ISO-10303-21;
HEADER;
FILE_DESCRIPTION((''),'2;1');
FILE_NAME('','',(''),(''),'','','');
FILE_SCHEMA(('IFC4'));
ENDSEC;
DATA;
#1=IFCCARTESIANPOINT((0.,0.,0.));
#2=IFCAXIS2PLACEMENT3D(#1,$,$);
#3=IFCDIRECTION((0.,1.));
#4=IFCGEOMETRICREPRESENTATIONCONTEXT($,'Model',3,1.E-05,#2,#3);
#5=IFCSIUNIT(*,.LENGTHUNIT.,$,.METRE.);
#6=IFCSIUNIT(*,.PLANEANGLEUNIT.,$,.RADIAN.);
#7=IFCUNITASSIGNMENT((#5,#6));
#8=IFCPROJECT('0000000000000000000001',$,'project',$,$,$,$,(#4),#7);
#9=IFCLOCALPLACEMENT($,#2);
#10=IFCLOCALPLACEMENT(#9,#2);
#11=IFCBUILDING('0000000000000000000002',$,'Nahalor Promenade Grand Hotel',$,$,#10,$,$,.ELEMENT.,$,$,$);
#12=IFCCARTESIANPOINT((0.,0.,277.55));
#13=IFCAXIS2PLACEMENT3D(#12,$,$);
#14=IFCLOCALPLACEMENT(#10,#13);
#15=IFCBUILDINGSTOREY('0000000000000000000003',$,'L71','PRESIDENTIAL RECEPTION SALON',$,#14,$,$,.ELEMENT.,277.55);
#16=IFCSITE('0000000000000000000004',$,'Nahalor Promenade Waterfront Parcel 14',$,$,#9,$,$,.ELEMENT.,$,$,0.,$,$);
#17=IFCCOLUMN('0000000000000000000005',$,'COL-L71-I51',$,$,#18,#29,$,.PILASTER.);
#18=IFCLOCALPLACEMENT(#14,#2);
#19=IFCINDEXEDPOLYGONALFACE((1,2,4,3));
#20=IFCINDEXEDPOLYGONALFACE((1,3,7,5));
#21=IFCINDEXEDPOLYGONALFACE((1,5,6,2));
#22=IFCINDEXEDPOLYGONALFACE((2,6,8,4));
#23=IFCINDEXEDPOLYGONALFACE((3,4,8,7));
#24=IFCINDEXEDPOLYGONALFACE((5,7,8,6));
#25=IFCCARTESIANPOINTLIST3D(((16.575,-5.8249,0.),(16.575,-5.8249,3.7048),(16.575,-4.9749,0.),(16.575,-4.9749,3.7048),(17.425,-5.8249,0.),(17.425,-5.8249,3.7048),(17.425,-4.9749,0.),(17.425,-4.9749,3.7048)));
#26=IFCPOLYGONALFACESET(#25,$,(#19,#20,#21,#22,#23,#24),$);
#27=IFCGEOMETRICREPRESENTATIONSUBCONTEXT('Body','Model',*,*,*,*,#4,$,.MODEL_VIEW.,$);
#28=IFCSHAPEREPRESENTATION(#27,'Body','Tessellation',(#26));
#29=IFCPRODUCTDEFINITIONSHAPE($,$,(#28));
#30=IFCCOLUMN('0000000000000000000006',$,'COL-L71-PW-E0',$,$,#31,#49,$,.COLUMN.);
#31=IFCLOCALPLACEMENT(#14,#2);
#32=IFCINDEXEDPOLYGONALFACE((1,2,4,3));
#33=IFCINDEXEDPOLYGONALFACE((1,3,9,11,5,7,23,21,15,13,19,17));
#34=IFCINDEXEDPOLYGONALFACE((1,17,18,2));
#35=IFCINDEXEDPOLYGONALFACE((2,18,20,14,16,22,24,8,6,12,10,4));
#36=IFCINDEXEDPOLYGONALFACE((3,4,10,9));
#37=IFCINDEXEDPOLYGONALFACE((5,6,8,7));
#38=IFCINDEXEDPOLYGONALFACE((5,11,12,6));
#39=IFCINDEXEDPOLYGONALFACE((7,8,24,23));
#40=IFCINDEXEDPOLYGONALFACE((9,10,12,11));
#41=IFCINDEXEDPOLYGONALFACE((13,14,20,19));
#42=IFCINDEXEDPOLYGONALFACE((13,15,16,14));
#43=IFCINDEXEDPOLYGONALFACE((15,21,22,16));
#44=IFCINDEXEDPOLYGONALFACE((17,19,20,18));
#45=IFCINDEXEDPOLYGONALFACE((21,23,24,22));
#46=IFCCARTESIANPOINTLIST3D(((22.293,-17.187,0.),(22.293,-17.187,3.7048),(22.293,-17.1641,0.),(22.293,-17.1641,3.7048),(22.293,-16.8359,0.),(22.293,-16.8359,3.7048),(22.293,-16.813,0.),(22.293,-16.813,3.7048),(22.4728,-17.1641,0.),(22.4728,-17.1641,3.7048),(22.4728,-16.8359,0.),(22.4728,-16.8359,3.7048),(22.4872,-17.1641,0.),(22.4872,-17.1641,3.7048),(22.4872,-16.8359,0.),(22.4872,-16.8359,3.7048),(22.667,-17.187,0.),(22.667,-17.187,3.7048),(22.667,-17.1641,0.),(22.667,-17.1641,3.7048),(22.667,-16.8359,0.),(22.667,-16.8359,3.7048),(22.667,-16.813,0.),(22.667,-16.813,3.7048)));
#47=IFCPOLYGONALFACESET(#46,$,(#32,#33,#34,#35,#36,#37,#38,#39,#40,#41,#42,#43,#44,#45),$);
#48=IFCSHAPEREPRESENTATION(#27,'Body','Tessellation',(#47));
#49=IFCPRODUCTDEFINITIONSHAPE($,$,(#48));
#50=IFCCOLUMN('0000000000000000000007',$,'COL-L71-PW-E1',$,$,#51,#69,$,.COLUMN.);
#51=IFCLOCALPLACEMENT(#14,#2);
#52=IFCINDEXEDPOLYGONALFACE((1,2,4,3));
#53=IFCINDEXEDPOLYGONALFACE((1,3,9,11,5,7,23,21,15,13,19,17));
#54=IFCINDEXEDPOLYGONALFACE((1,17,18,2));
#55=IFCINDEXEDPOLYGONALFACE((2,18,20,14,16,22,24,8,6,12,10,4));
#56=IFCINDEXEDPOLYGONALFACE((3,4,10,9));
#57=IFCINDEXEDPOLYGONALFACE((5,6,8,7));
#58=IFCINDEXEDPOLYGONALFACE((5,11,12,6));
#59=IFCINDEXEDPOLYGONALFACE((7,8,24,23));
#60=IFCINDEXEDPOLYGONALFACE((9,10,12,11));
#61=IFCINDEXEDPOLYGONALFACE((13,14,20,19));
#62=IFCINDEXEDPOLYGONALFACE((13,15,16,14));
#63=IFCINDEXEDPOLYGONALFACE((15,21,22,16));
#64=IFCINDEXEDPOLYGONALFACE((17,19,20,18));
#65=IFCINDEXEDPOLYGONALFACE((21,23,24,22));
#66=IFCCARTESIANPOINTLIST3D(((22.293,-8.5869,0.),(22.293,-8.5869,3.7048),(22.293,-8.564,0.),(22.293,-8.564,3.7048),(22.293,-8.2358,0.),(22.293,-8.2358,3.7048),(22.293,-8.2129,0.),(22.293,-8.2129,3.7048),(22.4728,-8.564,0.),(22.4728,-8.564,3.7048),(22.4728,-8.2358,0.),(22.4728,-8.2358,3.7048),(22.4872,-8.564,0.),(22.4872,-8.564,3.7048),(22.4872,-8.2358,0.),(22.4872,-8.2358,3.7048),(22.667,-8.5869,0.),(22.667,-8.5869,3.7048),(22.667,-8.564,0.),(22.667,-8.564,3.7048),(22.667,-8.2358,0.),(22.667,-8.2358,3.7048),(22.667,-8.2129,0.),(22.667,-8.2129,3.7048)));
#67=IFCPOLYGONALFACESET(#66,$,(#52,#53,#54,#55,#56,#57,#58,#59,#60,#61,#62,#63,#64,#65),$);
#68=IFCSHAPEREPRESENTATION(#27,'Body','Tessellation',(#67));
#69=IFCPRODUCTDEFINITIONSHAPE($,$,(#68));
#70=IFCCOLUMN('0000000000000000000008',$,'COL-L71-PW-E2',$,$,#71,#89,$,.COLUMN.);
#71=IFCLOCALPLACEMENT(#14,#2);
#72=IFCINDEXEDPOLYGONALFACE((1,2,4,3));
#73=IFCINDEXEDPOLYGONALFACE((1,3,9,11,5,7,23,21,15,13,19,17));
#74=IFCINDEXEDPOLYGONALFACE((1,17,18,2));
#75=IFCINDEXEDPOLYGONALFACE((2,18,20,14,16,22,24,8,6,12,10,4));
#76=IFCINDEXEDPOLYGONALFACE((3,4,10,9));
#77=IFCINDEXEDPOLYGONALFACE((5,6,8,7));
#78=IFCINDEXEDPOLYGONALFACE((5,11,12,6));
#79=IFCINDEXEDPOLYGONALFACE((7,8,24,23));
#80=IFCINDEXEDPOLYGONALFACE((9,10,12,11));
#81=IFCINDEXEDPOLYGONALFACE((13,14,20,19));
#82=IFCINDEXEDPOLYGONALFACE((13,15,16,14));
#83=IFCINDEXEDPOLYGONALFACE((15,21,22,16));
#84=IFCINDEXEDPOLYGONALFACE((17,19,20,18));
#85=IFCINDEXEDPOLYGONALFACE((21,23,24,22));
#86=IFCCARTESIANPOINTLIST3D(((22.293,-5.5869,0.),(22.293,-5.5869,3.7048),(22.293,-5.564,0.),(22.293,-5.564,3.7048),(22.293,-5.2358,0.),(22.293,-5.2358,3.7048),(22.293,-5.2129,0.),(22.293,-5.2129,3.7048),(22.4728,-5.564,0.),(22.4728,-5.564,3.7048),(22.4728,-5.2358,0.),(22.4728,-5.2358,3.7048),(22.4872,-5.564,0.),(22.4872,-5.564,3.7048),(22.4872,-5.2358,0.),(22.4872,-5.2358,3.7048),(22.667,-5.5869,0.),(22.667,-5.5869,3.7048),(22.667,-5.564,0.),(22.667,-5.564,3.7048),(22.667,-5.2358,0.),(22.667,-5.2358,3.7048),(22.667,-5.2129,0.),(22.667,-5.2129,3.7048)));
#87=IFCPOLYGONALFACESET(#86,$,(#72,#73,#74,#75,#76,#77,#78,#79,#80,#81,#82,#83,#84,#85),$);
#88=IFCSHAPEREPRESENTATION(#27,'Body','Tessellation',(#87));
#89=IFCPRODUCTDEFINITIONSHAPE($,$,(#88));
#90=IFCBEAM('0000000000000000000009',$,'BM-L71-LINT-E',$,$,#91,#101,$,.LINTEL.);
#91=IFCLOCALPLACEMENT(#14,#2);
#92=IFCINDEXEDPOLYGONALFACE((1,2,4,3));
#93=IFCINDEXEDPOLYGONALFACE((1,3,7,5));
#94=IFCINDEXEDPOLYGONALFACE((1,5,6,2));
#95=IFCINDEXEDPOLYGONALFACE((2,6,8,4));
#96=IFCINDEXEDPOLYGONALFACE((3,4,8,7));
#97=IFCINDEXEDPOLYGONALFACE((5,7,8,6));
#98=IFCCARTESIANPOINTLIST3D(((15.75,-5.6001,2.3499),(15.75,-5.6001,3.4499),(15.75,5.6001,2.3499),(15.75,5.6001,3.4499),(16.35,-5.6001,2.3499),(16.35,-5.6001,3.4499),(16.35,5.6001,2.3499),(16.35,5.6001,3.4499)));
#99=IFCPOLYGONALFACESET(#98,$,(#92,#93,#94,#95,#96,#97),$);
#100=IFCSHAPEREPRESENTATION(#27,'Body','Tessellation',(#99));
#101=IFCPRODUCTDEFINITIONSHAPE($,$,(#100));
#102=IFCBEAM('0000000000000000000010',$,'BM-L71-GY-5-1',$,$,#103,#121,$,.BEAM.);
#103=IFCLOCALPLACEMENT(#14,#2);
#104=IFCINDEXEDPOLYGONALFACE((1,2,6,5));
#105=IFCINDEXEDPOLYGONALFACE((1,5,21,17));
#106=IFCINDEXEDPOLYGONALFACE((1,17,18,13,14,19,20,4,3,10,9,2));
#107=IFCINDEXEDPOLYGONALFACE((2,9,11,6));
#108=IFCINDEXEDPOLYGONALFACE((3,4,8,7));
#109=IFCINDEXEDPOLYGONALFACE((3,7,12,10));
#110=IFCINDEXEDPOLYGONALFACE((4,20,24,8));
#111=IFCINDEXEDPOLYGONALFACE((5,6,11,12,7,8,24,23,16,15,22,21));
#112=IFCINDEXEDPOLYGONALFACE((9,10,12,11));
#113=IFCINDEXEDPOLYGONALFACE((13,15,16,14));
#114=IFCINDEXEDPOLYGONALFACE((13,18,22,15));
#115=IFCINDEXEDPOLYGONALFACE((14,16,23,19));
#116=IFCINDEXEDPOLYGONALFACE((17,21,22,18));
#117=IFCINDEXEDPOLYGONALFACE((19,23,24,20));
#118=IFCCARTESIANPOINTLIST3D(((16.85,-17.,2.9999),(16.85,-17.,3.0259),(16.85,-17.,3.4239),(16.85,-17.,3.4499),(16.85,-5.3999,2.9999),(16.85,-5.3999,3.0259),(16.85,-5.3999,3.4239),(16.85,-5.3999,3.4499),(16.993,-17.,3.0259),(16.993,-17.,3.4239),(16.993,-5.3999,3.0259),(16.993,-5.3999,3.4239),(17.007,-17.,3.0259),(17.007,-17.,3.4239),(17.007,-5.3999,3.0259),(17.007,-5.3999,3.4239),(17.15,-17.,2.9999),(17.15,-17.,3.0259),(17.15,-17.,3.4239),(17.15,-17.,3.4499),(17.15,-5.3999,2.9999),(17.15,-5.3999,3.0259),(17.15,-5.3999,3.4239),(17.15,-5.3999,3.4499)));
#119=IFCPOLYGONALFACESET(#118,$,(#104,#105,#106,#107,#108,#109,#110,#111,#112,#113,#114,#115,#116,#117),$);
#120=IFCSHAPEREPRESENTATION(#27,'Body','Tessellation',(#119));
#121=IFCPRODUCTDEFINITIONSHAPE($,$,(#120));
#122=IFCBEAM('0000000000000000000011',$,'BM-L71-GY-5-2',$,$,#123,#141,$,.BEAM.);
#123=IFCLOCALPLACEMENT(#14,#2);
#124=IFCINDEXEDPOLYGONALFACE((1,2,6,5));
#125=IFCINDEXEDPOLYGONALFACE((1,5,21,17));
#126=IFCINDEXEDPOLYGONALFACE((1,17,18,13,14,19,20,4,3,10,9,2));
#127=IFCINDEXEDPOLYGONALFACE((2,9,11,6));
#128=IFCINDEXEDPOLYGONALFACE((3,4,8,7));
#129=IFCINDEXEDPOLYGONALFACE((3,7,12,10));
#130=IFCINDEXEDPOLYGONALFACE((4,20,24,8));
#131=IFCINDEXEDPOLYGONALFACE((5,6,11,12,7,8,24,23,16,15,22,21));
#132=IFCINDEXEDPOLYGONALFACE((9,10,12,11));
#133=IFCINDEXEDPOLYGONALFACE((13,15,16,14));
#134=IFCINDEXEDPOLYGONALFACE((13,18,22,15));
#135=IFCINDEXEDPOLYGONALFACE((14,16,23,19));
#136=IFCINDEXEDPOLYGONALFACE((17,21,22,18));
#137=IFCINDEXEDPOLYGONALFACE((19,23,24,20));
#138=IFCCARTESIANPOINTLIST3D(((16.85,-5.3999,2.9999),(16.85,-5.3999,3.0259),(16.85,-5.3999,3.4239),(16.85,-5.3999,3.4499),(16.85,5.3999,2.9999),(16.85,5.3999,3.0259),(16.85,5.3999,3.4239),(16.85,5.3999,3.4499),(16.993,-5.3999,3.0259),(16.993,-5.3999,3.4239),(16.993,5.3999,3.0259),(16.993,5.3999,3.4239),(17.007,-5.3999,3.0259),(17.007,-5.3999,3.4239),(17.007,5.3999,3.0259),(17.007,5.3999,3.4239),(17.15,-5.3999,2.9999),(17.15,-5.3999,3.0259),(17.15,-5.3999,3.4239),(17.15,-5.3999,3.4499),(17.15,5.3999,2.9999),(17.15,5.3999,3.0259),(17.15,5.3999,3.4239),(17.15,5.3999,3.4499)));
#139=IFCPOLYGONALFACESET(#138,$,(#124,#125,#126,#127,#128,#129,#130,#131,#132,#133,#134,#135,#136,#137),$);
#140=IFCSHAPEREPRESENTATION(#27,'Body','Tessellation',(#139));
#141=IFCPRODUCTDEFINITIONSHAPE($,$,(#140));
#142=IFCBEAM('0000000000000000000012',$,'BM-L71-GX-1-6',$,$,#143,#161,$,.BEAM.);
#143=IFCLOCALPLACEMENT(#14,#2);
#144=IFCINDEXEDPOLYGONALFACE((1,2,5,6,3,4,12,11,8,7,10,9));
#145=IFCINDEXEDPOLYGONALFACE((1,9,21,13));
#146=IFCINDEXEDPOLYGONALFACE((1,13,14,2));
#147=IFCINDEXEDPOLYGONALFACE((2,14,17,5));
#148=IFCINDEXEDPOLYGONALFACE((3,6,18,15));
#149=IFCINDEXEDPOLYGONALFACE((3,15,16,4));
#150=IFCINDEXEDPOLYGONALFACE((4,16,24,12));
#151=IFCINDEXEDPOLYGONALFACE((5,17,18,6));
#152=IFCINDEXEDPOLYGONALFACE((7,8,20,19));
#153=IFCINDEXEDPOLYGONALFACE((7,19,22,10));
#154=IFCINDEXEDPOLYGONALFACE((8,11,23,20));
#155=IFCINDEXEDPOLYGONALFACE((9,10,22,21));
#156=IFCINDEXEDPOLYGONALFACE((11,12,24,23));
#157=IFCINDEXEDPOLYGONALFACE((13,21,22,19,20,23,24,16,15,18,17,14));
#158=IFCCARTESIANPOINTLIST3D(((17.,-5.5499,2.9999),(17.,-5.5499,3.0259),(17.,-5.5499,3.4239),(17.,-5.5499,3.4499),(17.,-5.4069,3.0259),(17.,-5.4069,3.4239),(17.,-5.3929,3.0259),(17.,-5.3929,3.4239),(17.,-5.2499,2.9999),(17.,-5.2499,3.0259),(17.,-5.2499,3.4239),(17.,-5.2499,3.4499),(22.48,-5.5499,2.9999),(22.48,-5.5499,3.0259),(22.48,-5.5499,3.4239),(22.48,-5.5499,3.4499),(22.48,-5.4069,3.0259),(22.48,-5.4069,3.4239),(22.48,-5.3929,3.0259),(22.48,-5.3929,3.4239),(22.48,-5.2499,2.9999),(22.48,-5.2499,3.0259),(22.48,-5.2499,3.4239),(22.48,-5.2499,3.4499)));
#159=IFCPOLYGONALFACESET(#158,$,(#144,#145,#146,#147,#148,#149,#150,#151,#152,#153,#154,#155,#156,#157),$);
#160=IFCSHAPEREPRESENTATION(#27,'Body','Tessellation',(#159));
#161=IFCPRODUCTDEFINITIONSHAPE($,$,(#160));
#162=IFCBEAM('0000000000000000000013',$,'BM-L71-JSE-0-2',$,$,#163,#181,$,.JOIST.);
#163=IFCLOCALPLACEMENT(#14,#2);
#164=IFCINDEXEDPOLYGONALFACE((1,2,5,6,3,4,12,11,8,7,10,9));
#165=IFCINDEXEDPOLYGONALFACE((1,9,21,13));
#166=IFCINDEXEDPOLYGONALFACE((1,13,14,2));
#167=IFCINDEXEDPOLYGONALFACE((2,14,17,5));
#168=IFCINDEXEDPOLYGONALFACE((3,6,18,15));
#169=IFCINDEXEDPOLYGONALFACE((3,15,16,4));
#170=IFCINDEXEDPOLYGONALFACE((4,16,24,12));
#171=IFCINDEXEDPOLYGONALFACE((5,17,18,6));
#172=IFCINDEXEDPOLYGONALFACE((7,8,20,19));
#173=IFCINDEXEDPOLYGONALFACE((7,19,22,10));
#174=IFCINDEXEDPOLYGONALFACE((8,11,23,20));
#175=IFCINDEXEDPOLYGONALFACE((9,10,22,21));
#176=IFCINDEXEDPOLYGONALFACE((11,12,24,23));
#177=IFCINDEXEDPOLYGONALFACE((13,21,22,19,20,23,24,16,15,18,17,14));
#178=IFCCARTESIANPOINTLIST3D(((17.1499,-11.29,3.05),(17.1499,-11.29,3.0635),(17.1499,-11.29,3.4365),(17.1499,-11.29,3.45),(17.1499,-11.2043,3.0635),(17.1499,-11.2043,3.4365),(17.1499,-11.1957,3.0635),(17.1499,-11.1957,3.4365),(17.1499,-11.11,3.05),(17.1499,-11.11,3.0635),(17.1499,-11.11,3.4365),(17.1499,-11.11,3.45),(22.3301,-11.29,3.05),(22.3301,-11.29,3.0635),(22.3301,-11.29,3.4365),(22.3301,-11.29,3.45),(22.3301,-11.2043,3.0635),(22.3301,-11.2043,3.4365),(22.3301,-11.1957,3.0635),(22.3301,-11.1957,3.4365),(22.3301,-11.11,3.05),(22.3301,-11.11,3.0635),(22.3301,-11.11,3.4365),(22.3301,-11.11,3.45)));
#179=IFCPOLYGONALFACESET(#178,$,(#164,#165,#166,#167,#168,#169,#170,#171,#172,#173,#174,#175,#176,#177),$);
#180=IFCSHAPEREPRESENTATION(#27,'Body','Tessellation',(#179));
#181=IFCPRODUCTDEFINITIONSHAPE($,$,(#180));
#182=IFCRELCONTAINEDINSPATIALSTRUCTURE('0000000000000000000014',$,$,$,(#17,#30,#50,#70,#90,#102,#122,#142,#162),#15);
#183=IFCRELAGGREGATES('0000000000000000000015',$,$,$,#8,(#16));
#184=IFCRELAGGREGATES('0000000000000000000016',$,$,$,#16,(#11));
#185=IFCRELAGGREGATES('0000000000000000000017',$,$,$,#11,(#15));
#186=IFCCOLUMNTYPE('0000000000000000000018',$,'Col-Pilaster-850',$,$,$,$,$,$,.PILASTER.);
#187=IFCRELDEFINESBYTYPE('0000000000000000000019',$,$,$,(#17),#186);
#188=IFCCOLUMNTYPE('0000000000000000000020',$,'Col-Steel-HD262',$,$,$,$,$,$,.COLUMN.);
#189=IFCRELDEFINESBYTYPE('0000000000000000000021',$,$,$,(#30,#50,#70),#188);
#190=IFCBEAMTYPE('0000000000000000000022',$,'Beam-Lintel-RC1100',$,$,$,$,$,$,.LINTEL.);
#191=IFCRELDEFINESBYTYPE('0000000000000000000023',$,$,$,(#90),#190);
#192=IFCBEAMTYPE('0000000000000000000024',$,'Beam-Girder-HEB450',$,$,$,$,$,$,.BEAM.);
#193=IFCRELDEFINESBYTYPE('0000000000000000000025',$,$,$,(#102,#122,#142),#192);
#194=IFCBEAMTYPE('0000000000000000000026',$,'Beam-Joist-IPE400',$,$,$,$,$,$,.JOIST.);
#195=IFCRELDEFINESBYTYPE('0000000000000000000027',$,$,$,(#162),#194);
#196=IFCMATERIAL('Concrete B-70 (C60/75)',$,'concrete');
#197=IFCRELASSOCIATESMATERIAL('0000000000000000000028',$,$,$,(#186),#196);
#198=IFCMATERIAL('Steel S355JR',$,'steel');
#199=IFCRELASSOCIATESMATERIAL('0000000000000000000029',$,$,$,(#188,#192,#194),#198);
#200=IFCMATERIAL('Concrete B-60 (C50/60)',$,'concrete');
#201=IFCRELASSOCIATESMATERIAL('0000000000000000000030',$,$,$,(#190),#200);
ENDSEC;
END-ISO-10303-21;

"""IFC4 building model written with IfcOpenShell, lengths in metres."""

from ifc_helpers import new_model, si_unit, direction, frame, origin, origin_2d, place, context, subcontext, project, spatial, rectangle, i_section, extrude, source, transform, mapped, material, material_profile, profile_set, type_object, element, save


model = new_model("IFC4")

# Units and contexts
model_context = context("Model", 3, precision=1e-05, world=origin(), true_north=direction((0.0, 1.0)))
body_context = subcontext(model_context, "Body", "Model", "MODEL_VIEW")
ifc_project = project(units=[si_unit("LENGTHUNIT", "METRE"), si_unit("PLANEANGLEUNIT", "RADIAN")], contexts=[model_context])

# Site, building, storey
site_placement = place(None, origin())
site = spatial("IfcSite", under=ifc_project, at=site_placement, Name="Nahalor Promenade Waterfront Parcel 14", CompositionType="ELEMENT", RefElevation=0.0)
building_placement = place(site_placement, origin())
building = spatial("IfcBuilding", under=site, at=building_placement, Name="Nahalor Promenade Grand Hotel", CompositionType="ELEMENT")
storey_placement = place(building_placement, frame((0.0, 0.0, 277.55)))
storey = spatial("IfcBuildingStorey", under=building, at=storey_placement, Name="L71", Description="PRESIDENTIAL RECEPTION SALON", CompositionType="ELEMENT", Elevation=277.55)

# Columns
ifc_material_1 = material(Name="Concrete B-70 (C60/75)", Category="concrete")
ifc_material_profile_1 = material_profile(ifc_material_1, rectangle(XDim=0.85, YDim=0.85, at=origin_2d()), Name="RC 850x850")
ifc_profile_set_1 = profile_set([ifc_material_profile_1], Name="Concrete B-70 (C60/75)")
column_type_1 = type_object("IfcColumnType", Name="Col-Pilaster-850", PredefinedType="PILASTER", material=ifc_profile_set_1)
shared_shape_1 = source(origin(), body_context, "Body", "SweptSolid", [
    extrude(rectangle(XDim=0.85, YDim=0.85, at=origin_2d()), origin(), (0.0, 0.0, 1.0), 3.7048),
])
column_placement = place(storey_placement, frame((17.0, -5.3999, 0.0), z_axis=(0.0, 0.0, 1.0), x_axis=(1.0, 0.0, 0.0)))
element("IfcColumn", 1, at=column_placement, inside=storey, type_object=column_type_1, Name="COL-L71-I51", PredefinedType="PILASTER", context=body_context, shape_type="MappedRepresentation", body=[
    mapped(shared_shape_1, transform((0.0, 0.0, 0.0), scale=1.0)),
])
ifc_material_2 = material(Name="Steel S355JR", Category="steel")
ifc_material_profile_2 = material_profile(ifc_material_2, i_section(OverallWidth=0.374, OverallDepth=0.374, WebThickness=0.0144, FlangeThickness=0.0229, at=origin_2d()), Name="HD 360x262")
ifc_profile_set_2 = profile_set([ifc_material_profile_2], Name="Steel S355JR")
column_type_2 = type_object("IfcColumnType", Name="Col-Steel-HD262", PredefinedType="COLUMN", material=ifc_profile_set_2)
shared_shape_2 = source(origin(), body_context, "Body", "SweptSolid", [
    extrude(i_section(OverallWidth=0.374, OverallDepth=0.374, WebThickness=0.0144, FlangeThickness=0.0229, at=origin_2d()), origin(), (0.0, 0.0, 1.0), 3.7048),
])
for number, where, z_axis, x_axis, name in (
    (2, (22.48, -17.0, 0.0), (0.0, 0.0, 1.0), (1.0, 0.0, 0.0), "COL-L71-PW-E0"),
    (3, (22.48, -8.3999, 0.0), (0.0, 0.0, 1.0), (1.0, 0.0, 0.0), "COL-L71-PW-E1"),
    (4, (22.48, -5.3999, 0.0), (0.0, 0.0, 1.0), (1.0, 0.0, 0.0), "COL-L71-PW-E2"),
):
    element("IfcColumn", number, at=place(storey_placement, frame(where, z_axis=z_axis, x_axis=x_axis)), inside=storey, type_object=column_type_2, Name=name, PredefinedType="COLUMN", context=body_context, shape_type="MappedRepresentation", body=[
        mapped(shared_shape_2, transform((0.0, 0.0, 0.0), scale=1.0)),
    ])

# Beams
ifc_material_3 = material(Name="Concrete B-60 (C50/60)", Category="concrete")
ifc_material_profile_3 = material_profile(ifc_material_3, rectangle(XDim=0.6, YDim=1.1, at=origin_2d()), Name="RC 600x1100")
ifc_profile_set_3 = profile_set([ifc_material_profile_3], Name="Concrete B-60 (C50/60)")
beam_type_1 = type_object("IfcBeamType", Name="Beam-Lintel-RC1100", PredefinedType="LINTEL", material=ifc_profile_set_3)
shared_shape_3 = source(origin(), body_context, "Body", "SweptSolid", [
    extrude(rectangle(XDim=0.6, YDim=1.1, at=origin_2d()), origin(), (0.0, 0.0, 1.0), 11.2002),
])
beam_1_placement = place(storey_placement, frame((16.05, -5.6001, 2.8999), z_axis=(0.0, 1.0, 0.0), x_axis=(-1.0, 0.0, 0.0)))
element("IfcBeam", 5, at=beam_1_placement, inside=storey, type_object=beam_type_1, Name="BM-L71-LINT-E", PredefinedType="LINTEL", context=body_context, shape_type="MappedRepresentation", body=[
    mapped(shared_shape_3, transform((0.0, 0.0, 0.0), scale=1.0)),
])
ifc_material_profile_4 = material_profile(ifc_material_2, i_section(OverallWidth=0.3, OverallDepth=0.45, WebThickness=0.014, FlangeThickness=0.026, at=origin_2d()), Name="HEB 450")
ifc_profile_set_4 = profile_set([ifc_material_profile_4], Name="Steel S355JR")
beam_type_2 = type_object("IfcBeamType", Name="Beam-Girder-HEB450", PredefinedType="BEAM", material=ifc_profile_set_4)
shared_shape_4 = source(origin(), body_context, "Body", "SweptSolid", [
    extrude(i_section(OverallWidth=0.3, OverallDepth=0.45, WebThickness=0.014, FlangeThickness=0.026, at=origin_2d()), origin(), (0.0, 0.0, 1.0), 11.6001),
])
beam_2_placement = place(storey_placement, frame((17.0, -17.0, 3.2249), z_axis=(0.0, 1.0, 0.0), x_axis=(-1.0, 0.0, 0.0)))
element("IfcBeam", 6, at=beam_2_placement, inside=storey, type_object=beam_type_2, Name="BM-L71-GY-5-1", PredefinedType="BEAM", context=body_context, shape_type="MappedRepresentation", body=[
    mapped(shared_shape_4, transform((0.0, 0.0, 0.0), scale=1.0)),
])
shared_shape_5 = source(origin(), body_context, "Body", "SweptSolid", [
    extrude(i_section(OverallWidth=0.3, OverallDepth=0.45, WebThickness=0.014, FlangeThickness=0.026, at=origin_2d()), origin(), (0.0, 0.0, 1.0), 10.7998),
])
beam_3_placement = place(storey_placement, frame((17.0, -5.3999, 3.2249), z_axis=(0.0, 1.0, 0.0), x_axis=(-1.0, 0.0, 0.0)))
element("IfcBeam", 7, at=beam_3_placement, inside=storey, type_object=beam_type_2, Name="BM-L71-GY-5-2", PredefinedType="BEAM", context=body_context, shape_type="MappedRepresentation", body=[
    mapped(shared_shape_5, transform((0.0, 0.0, 0.0), scale=1.0)),
])
shared_shape_6 = source(origin(), body_context, "Body", "SweptSolid", [
    extrude(i_section(OverallWidth=0.3, OverallDepth=0.45, WebThickness=0.014, FlangeThickness=0.026, at=origin_2d()), origin(), (0.0, 0.0, 1.0), 5.48),
])
beam_4_placement = place(storey_placement, frame((17.0, -5.3999, 3.2249), z_axis=(1.0, 0.0, 0.0), x_axis=(0.0, 1.0, 0.0)))
element("IfcBeam", 8, at=beam_4_placement, inside=storey, type_object=beam_type_2, Name="BM-L71-GX-1-6", PredefinedType="BEAM", context=body_context, shape_type="MappedRepresentation", body=[
    mapped(shared_shape_6, transform((0.0, 0.0, 0.0), scale=1.0)),
])
ifc_material_profile_5 = material_profile(ifc_material_2, i_section(OverallWidth=0.18, OverallDepth=0.4, WebThickness=0.0086, FlangeThickness=0.0135, at=origin_2d()), Name="IPE 400")
ifc_profile_set_5 = profile_set([ifc_material_profile_5], Name="Steel S355JR")
beam_type_3 = type_object("IfcBeamType", Name="Beam-Joist-IPE400", PredefinedType="JOIST", material=ifc_profile_set_5)
shared_shape_7 = source(origin(), body_context, "Body", "SweptSolid", [
    extrude(i_section(OverallWidth=0.18, OverallDepth=0.4, WebThickness=0.0086, FlangeThickness=0.0135, at=origin_2d()), origin(), (0.0, 0.0, 1.0), 5.1802),
])
beam_5_placement = place(storey_placement, frame((17.1499, -11.2, 3.25), z_axis=(1.0, 0.0, 0.0), x_axis=(0.0, 1.0, 0.0)))
element("IfcBeam", 9, at=beam_5_placement, inside=storey, type_object=beam_type_3, Name="BM-L71-JSE-0-2", PredefinedType="JOIST", context=body_context, shape_type="MappedRepresentation", body=[
    mapped(shared_shape_7, transform((0.0, 0.0, 0.0), scale=1.0)),
])

save(model, "model.ifc")
